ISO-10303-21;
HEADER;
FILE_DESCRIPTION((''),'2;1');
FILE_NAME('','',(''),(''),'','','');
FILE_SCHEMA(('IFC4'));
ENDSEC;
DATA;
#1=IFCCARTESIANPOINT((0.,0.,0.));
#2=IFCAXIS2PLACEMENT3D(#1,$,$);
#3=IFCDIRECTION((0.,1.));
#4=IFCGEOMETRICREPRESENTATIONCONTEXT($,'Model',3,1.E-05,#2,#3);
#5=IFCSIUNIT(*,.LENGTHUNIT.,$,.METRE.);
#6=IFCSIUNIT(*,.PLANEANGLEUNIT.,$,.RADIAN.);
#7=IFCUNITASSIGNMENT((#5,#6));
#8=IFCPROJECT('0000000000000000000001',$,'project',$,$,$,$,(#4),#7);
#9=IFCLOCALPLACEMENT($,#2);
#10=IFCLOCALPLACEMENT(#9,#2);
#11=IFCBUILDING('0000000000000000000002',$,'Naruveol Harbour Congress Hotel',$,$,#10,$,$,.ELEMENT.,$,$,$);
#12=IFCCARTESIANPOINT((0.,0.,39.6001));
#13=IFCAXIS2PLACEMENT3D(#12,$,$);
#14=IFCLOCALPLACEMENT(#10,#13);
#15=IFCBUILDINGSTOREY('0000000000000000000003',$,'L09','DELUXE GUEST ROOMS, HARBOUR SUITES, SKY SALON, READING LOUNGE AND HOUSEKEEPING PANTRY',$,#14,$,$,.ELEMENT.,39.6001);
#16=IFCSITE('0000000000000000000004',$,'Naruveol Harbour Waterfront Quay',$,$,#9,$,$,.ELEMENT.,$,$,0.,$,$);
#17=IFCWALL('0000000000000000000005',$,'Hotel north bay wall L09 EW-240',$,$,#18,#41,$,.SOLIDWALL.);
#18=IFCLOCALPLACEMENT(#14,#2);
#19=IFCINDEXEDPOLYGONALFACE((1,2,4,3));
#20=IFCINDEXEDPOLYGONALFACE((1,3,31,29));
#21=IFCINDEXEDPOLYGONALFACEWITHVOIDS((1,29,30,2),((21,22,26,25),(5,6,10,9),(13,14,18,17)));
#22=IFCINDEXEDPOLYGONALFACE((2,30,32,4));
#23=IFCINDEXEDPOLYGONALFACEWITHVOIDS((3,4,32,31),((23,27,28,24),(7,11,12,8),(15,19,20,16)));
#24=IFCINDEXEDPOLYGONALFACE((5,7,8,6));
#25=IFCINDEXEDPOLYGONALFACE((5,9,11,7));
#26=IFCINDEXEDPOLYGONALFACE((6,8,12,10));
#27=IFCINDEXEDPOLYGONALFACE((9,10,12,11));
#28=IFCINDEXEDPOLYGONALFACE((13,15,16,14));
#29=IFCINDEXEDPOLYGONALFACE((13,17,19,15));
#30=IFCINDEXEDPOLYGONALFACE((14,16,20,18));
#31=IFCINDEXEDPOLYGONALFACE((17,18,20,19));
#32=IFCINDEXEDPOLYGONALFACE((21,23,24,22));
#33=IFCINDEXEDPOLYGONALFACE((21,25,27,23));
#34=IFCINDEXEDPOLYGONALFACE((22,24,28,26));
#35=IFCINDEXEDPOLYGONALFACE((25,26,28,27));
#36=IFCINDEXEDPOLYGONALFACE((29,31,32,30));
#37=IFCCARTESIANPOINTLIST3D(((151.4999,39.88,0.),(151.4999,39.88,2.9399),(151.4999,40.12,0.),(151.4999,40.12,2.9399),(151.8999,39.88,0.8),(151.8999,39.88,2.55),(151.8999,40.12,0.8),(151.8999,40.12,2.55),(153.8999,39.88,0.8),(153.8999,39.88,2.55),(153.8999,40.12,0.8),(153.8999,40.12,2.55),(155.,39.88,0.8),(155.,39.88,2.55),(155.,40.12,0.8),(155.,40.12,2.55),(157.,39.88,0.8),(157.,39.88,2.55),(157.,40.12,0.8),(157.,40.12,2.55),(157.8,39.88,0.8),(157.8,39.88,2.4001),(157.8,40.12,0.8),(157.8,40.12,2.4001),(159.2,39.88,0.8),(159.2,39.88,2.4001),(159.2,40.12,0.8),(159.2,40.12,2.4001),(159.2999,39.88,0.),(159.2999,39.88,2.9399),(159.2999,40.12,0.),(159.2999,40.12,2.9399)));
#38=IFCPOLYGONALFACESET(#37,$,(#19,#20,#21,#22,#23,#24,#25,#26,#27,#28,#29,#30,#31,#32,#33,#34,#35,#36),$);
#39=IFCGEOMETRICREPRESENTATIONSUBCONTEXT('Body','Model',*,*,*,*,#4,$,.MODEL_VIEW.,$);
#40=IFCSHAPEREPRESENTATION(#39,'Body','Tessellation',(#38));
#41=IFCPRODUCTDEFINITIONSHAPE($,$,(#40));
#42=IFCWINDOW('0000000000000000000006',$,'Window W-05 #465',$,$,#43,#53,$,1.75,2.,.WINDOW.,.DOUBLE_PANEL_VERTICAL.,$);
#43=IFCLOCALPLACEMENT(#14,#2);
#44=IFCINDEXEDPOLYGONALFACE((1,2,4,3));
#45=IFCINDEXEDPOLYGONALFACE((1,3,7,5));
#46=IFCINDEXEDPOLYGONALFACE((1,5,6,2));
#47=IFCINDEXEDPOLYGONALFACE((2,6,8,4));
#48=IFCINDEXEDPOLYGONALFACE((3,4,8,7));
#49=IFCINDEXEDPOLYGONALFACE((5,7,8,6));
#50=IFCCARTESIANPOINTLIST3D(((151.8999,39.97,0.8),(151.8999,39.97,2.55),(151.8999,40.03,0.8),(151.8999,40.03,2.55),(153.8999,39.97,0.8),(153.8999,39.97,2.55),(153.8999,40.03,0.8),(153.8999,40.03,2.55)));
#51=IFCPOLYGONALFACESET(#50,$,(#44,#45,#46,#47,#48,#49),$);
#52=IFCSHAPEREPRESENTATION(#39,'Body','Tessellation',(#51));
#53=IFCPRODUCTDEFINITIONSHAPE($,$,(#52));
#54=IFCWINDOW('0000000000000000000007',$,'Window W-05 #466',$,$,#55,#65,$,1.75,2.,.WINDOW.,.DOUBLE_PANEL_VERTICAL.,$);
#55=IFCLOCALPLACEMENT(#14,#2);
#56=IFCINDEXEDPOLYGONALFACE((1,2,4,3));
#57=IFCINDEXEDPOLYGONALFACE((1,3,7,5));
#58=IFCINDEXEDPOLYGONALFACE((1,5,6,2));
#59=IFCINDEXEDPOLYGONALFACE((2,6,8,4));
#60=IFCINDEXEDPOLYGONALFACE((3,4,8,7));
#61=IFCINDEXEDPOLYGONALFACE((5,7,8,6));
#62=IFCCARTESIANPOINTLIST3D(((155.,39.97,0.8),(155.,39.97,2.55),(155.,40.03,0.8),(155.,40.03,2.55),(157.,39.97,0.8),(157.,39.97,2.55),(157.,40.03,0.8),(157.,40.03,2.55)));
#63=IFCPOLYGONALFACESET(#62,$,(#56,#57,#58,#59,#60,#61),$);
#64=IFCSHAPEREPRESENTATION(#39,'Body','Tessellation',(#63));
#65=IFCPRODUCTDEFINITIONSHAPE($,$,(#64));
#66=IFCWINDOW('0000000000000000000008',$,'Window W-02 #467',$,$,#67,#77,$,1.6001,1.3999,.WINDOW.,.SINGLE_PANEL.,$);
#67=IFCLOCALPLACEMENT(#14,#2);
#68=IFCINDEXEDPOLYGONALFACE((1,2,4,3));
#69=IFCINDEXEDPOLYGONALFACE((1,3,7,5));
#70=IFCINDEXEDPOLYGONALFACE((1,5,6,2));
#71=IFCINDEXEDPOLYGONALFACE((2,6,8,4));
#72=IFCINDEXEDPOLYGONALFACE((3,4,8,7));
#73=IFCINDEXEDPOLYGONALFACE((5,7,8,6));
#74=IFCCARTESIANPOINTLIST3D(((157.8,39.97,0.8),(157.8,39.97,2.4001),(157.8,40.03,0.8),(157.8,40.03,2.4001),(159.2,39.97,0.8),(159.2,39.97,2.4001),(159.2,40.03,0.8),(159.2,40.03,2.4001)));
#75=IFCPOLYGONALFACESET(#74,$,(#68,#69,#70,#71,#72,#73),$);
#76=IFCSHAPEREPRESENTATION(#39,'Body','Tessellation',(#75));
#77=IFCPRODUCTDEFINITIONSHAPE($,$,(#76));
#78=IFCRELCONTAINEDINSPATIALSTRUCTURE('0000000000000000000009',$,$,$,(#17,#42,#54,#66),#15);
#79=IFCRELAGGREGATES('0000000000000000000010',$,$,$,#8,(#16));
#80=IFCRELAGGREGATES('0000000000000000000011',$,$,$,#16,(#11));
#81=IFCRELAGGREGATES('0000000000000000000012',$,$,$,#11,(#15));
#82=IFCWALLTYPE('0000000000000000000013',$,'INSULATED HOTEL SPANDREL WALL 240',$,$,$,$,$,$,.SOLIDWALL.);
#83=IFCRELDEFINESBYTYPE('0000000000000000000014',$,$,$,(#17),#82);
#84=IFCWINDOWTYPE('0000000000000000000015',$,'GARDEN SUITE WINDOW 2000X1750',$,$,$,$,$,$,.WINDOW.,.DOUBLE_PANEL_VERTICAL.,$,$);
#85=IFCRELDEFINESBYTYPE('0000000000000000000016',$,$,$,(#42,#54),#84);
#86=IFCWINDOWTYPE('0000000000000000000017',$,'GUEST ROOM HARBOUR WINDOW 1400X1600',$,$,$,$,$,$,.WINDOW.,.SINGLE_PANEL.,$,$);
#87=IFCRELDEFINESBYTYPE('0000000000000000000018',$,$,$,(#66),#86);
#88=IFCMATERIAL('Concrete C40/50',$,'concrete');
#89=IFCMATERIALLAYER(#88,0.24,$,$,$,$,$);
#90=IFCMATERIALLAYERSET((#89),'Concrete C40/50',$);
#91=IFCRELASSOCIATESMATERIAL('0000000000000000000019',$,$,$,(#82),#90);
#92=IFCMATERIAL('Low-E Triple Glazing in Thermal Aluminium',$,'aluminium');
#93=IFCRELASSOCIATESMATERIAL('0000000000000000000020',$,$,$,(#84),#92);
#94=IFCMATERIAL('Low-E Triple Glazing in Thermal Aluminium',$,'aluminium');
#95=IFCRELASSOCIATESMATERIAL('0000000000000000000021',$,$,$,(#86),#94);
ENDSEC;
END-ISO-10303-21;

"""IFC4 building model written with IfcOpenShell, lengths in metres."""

from ifc_helpers import new_model, si_unit, direction, frame, frame_2d, origin, place, context, subcontext, project, spatial, rectangle, extrude, material, layer, layer_set, type_object, element, fill, save


model = new_model("IFC4")

# Units and contexts
model_context = context("Model", 3, precision=1e-05, world=origin(), true_north=direction((0.0, 1.0)))
body_context = subcontext(model_context, "Body", "Model", "MODEL_VIEW")
ifc_project = project(units=[si_unit("LENGTHUNIT", "METRE"), si_unit("PLANEANGLEUNIT", "RADIAN")], contexts=[model_context])

# Site, building, storey
site_placement = place(None, origin())
site = spatial("IfcSite", under=ifc_project, at=site_placement, Name="Naruveol Harbour Waterfront Quay", CompositionType="ELEMENT", RefElevation=0.0)
building_placement = place(site_placement, origin())
building = spatial("IfcBuilding", under=site, at=building_placement, Name="Naruveol Harbour Congress Hotel", CompositionType="ELEMENT")
storey_placement = place(building_placement, frame((0.0, 0.0, 39.6001)))
storey = spatial("IfcBuildingStorey", under=building, at=storey_placement, Name="L09", Description="DELUXE GUEST ROOMS, HARBOUR SUITES, SKY SALON, READING LOUNGE AND HOUSEKEEPING PANTRY", CompositionType="ELEMENT", Elevation=39.6001)

# Wall, openings, windows
ifc_material_1 = material(Name="Concrete C40/50", Category="concrete")
ifc_layer_1 = layer(ifc_material_1, 0.24)
ifc_layer_set_1 = layer_set([ifc_layer_1], Name="Concrete C40/50")
wall_type_1 = type_object("IfcWallType", Name="INSULATED HOTEL SPANDREL WALL 240", PredefinedType="SOLIDWALL", material=ifc_layer_set_1)
wall_1_placement = place(storey_placement, frame((151.5, 40.0, 0.0), z_axis=(0.0, 0.0, 1.0), x_axis=(1.0, 0.0, 0.0)))
wall_1 = element("IfcWall", 1, at=wall_1_placement, inside=storey, type_object=wall_type_1, Name="Hotel north bay wall L09 EW-240", PredefinedType="SOLIDWALL", context=body_context, shape_type="SweptSolid", body=[
    extrude(rectangle(XDim=7.8, YDim=0.24, at=frame_2d((3.8999, 0.0))), origin(), (0.0, 0.0, 1.0), 2.9399),
])
opening_1_placement = place(wall_1_placement, frame((0.3999, 0.0, 0.8)))
opening_1 = element("IfcOpeningElement", 2, at=opening_1_placement, cuts=wall_1, PredefinedType="OPENING", context=body_context, shape_type="SweptSolid", body=[
    extrude(rectangle(XDim=2.0, YDim=1.75, at=frame_2d((1.0, 0.875))), frame((0.0, 0.1299, 0.0), z_axis=(0.0, -1.0, 0.0), x_axis=(1.0, 0.0, 0.0)), (0.0, 0.0, 1.0), 0.26),
])
opening_2_placement = place(wall_1_placement, frame((3.5, 0.0, 0.8)))
opening_2 = element("IfcOpeningElement", 3, at=opening_2_placement, cuts=wall_1, PredefinedType="OPENING", context=body_context, shape_type="SweptSolid", body=[
    extrude(rectangle(XDim=2.0, YDim=1.75, at=frame_2d((1.0, 0.875))), frame((0.0, 0.1299, 0.0), z_axis=(0.0, -1.0, 0.0), x_axis=(1.0, 0.0, 0.0)), (0.0, 0.0, 1.0), 0.26),
])
opening_3_placement = place(wall_1_placement, frame((6.3, 0.0, 0.8)))
opening_3 = element("IfcOpeningElement", 4, at=opening_3_placement, cuts=wall_1, PredefinedType="OPENING", context=body_context, shape_type="SweptSolid", body=[
    extrude(rectangle(XDim=1.3999, YDim=1.6001, at=frame_2d((0.7, 0.8))), frame((0.0, 0.1299, 0.0), z_axis=(0.0, -1.0, 0.0), x_axis=(1.0, 0.0, 0.0)), (0.0, 0.0, 1.0), 0.26),
])
ifc_material_2 = material(Name="Low-E Triple Glazing in Thermal Aluminium", Category="aluminium")
window_type_1 = type_object("IfcWindowType", Name="GARDEN SUITE WINDOW 2000X1750", PartitioningType="DOUBLE_PANEL_VERTICAL", PredefinedType="WINDOW", material=ifc_material_2)
window_1_placement = place(opening_1_placement, origin())
window_1 = element("IfcWindow", 5, at=window_1_placement, inside=storey, type_object=window_type_1, Name="Window W-05 #465", OverallHeight=1.75, OverallWidth=2.0, PartitioningType="DOUBLE_PANEL_VERTICAL", PredefinedType="WINDOW", context=body_context, shape_type="SweptSolid", body=[
    extrude(rectangle(XDim=2.0, YDim=1.75, at=frame_2d((1.0, 0.875))), frame((0.0, 0.03, 0.0), z_axis=(0.0, -1.0, 0.0), x_axis=(1.0, 0.0, 0.0)), (0.0, 0.0, 1.0), 0.0601),
])
fill(opening_1, window_1)
window_2_placement = place(opening_2_placement, origin())
window_2 = element("IfcWindow", 6, at=window_2_placement, inside=storey, type_object=window_type_1, Name="Window W-05 #466", OverallHeight=1.75, OverallWidth=2.0, PartitioningType="DOUBLE_PANEL_VERTICAL", PredefinedType="WINDOW", context=body_context, shape_type="SweptSolid", body=[
    extrude(rectangle(XDim=2.0, YDim=1.75, at=frame_2d((1.0, 0.875))), frame((0.0, 0.03, 0.0), z_axis=(0.0, -1.0, 0.0), x_axis=(1.0, 0.0, 0.0)), (0.0, 0.0, 1.0), 0.0601),
])
fill(opening_2, window_2)
ifc_material_3 = material(Name="Low-E Triple Glazing in Thermal Aluminium", Category="aluminium")
window_type_2 = type_object("IfcWindowType", Name="GUEST ROOM HARBOUR WINDOW 1400X1600", PartitioningType="SINGLE_PANEL", PredefinedType="WINDOW", material=ifc_material_3)
window_3_placement = place(opening_3_placement, origin())
window_3 = element("IfcWindow", 7, at=window_3_placement, inside=storey, type_object=window_type_2, Name="Window W-02 #467", OverallHeight=1.6001, OverallWidth=1.3999, PartitioningType="SINGLE_PANEL", PredefinedType="WINDOW", context=body_context, shape_type="SweptSolid", body=[
    extrude(rectangle(XDim=1.3999, YDim=1.6001, at=frame_2d((0.7, 0.8))), frame((0.0, 0.03, 0.0), z_axis=(0.0, -1.0, 0.0), x_axis=(1.0, 0.0, 0.0)), (0.0, 0.0, 1.0), 0.0601),
])
fill(opening_3, window_3)

save(model, "model.ifc")
